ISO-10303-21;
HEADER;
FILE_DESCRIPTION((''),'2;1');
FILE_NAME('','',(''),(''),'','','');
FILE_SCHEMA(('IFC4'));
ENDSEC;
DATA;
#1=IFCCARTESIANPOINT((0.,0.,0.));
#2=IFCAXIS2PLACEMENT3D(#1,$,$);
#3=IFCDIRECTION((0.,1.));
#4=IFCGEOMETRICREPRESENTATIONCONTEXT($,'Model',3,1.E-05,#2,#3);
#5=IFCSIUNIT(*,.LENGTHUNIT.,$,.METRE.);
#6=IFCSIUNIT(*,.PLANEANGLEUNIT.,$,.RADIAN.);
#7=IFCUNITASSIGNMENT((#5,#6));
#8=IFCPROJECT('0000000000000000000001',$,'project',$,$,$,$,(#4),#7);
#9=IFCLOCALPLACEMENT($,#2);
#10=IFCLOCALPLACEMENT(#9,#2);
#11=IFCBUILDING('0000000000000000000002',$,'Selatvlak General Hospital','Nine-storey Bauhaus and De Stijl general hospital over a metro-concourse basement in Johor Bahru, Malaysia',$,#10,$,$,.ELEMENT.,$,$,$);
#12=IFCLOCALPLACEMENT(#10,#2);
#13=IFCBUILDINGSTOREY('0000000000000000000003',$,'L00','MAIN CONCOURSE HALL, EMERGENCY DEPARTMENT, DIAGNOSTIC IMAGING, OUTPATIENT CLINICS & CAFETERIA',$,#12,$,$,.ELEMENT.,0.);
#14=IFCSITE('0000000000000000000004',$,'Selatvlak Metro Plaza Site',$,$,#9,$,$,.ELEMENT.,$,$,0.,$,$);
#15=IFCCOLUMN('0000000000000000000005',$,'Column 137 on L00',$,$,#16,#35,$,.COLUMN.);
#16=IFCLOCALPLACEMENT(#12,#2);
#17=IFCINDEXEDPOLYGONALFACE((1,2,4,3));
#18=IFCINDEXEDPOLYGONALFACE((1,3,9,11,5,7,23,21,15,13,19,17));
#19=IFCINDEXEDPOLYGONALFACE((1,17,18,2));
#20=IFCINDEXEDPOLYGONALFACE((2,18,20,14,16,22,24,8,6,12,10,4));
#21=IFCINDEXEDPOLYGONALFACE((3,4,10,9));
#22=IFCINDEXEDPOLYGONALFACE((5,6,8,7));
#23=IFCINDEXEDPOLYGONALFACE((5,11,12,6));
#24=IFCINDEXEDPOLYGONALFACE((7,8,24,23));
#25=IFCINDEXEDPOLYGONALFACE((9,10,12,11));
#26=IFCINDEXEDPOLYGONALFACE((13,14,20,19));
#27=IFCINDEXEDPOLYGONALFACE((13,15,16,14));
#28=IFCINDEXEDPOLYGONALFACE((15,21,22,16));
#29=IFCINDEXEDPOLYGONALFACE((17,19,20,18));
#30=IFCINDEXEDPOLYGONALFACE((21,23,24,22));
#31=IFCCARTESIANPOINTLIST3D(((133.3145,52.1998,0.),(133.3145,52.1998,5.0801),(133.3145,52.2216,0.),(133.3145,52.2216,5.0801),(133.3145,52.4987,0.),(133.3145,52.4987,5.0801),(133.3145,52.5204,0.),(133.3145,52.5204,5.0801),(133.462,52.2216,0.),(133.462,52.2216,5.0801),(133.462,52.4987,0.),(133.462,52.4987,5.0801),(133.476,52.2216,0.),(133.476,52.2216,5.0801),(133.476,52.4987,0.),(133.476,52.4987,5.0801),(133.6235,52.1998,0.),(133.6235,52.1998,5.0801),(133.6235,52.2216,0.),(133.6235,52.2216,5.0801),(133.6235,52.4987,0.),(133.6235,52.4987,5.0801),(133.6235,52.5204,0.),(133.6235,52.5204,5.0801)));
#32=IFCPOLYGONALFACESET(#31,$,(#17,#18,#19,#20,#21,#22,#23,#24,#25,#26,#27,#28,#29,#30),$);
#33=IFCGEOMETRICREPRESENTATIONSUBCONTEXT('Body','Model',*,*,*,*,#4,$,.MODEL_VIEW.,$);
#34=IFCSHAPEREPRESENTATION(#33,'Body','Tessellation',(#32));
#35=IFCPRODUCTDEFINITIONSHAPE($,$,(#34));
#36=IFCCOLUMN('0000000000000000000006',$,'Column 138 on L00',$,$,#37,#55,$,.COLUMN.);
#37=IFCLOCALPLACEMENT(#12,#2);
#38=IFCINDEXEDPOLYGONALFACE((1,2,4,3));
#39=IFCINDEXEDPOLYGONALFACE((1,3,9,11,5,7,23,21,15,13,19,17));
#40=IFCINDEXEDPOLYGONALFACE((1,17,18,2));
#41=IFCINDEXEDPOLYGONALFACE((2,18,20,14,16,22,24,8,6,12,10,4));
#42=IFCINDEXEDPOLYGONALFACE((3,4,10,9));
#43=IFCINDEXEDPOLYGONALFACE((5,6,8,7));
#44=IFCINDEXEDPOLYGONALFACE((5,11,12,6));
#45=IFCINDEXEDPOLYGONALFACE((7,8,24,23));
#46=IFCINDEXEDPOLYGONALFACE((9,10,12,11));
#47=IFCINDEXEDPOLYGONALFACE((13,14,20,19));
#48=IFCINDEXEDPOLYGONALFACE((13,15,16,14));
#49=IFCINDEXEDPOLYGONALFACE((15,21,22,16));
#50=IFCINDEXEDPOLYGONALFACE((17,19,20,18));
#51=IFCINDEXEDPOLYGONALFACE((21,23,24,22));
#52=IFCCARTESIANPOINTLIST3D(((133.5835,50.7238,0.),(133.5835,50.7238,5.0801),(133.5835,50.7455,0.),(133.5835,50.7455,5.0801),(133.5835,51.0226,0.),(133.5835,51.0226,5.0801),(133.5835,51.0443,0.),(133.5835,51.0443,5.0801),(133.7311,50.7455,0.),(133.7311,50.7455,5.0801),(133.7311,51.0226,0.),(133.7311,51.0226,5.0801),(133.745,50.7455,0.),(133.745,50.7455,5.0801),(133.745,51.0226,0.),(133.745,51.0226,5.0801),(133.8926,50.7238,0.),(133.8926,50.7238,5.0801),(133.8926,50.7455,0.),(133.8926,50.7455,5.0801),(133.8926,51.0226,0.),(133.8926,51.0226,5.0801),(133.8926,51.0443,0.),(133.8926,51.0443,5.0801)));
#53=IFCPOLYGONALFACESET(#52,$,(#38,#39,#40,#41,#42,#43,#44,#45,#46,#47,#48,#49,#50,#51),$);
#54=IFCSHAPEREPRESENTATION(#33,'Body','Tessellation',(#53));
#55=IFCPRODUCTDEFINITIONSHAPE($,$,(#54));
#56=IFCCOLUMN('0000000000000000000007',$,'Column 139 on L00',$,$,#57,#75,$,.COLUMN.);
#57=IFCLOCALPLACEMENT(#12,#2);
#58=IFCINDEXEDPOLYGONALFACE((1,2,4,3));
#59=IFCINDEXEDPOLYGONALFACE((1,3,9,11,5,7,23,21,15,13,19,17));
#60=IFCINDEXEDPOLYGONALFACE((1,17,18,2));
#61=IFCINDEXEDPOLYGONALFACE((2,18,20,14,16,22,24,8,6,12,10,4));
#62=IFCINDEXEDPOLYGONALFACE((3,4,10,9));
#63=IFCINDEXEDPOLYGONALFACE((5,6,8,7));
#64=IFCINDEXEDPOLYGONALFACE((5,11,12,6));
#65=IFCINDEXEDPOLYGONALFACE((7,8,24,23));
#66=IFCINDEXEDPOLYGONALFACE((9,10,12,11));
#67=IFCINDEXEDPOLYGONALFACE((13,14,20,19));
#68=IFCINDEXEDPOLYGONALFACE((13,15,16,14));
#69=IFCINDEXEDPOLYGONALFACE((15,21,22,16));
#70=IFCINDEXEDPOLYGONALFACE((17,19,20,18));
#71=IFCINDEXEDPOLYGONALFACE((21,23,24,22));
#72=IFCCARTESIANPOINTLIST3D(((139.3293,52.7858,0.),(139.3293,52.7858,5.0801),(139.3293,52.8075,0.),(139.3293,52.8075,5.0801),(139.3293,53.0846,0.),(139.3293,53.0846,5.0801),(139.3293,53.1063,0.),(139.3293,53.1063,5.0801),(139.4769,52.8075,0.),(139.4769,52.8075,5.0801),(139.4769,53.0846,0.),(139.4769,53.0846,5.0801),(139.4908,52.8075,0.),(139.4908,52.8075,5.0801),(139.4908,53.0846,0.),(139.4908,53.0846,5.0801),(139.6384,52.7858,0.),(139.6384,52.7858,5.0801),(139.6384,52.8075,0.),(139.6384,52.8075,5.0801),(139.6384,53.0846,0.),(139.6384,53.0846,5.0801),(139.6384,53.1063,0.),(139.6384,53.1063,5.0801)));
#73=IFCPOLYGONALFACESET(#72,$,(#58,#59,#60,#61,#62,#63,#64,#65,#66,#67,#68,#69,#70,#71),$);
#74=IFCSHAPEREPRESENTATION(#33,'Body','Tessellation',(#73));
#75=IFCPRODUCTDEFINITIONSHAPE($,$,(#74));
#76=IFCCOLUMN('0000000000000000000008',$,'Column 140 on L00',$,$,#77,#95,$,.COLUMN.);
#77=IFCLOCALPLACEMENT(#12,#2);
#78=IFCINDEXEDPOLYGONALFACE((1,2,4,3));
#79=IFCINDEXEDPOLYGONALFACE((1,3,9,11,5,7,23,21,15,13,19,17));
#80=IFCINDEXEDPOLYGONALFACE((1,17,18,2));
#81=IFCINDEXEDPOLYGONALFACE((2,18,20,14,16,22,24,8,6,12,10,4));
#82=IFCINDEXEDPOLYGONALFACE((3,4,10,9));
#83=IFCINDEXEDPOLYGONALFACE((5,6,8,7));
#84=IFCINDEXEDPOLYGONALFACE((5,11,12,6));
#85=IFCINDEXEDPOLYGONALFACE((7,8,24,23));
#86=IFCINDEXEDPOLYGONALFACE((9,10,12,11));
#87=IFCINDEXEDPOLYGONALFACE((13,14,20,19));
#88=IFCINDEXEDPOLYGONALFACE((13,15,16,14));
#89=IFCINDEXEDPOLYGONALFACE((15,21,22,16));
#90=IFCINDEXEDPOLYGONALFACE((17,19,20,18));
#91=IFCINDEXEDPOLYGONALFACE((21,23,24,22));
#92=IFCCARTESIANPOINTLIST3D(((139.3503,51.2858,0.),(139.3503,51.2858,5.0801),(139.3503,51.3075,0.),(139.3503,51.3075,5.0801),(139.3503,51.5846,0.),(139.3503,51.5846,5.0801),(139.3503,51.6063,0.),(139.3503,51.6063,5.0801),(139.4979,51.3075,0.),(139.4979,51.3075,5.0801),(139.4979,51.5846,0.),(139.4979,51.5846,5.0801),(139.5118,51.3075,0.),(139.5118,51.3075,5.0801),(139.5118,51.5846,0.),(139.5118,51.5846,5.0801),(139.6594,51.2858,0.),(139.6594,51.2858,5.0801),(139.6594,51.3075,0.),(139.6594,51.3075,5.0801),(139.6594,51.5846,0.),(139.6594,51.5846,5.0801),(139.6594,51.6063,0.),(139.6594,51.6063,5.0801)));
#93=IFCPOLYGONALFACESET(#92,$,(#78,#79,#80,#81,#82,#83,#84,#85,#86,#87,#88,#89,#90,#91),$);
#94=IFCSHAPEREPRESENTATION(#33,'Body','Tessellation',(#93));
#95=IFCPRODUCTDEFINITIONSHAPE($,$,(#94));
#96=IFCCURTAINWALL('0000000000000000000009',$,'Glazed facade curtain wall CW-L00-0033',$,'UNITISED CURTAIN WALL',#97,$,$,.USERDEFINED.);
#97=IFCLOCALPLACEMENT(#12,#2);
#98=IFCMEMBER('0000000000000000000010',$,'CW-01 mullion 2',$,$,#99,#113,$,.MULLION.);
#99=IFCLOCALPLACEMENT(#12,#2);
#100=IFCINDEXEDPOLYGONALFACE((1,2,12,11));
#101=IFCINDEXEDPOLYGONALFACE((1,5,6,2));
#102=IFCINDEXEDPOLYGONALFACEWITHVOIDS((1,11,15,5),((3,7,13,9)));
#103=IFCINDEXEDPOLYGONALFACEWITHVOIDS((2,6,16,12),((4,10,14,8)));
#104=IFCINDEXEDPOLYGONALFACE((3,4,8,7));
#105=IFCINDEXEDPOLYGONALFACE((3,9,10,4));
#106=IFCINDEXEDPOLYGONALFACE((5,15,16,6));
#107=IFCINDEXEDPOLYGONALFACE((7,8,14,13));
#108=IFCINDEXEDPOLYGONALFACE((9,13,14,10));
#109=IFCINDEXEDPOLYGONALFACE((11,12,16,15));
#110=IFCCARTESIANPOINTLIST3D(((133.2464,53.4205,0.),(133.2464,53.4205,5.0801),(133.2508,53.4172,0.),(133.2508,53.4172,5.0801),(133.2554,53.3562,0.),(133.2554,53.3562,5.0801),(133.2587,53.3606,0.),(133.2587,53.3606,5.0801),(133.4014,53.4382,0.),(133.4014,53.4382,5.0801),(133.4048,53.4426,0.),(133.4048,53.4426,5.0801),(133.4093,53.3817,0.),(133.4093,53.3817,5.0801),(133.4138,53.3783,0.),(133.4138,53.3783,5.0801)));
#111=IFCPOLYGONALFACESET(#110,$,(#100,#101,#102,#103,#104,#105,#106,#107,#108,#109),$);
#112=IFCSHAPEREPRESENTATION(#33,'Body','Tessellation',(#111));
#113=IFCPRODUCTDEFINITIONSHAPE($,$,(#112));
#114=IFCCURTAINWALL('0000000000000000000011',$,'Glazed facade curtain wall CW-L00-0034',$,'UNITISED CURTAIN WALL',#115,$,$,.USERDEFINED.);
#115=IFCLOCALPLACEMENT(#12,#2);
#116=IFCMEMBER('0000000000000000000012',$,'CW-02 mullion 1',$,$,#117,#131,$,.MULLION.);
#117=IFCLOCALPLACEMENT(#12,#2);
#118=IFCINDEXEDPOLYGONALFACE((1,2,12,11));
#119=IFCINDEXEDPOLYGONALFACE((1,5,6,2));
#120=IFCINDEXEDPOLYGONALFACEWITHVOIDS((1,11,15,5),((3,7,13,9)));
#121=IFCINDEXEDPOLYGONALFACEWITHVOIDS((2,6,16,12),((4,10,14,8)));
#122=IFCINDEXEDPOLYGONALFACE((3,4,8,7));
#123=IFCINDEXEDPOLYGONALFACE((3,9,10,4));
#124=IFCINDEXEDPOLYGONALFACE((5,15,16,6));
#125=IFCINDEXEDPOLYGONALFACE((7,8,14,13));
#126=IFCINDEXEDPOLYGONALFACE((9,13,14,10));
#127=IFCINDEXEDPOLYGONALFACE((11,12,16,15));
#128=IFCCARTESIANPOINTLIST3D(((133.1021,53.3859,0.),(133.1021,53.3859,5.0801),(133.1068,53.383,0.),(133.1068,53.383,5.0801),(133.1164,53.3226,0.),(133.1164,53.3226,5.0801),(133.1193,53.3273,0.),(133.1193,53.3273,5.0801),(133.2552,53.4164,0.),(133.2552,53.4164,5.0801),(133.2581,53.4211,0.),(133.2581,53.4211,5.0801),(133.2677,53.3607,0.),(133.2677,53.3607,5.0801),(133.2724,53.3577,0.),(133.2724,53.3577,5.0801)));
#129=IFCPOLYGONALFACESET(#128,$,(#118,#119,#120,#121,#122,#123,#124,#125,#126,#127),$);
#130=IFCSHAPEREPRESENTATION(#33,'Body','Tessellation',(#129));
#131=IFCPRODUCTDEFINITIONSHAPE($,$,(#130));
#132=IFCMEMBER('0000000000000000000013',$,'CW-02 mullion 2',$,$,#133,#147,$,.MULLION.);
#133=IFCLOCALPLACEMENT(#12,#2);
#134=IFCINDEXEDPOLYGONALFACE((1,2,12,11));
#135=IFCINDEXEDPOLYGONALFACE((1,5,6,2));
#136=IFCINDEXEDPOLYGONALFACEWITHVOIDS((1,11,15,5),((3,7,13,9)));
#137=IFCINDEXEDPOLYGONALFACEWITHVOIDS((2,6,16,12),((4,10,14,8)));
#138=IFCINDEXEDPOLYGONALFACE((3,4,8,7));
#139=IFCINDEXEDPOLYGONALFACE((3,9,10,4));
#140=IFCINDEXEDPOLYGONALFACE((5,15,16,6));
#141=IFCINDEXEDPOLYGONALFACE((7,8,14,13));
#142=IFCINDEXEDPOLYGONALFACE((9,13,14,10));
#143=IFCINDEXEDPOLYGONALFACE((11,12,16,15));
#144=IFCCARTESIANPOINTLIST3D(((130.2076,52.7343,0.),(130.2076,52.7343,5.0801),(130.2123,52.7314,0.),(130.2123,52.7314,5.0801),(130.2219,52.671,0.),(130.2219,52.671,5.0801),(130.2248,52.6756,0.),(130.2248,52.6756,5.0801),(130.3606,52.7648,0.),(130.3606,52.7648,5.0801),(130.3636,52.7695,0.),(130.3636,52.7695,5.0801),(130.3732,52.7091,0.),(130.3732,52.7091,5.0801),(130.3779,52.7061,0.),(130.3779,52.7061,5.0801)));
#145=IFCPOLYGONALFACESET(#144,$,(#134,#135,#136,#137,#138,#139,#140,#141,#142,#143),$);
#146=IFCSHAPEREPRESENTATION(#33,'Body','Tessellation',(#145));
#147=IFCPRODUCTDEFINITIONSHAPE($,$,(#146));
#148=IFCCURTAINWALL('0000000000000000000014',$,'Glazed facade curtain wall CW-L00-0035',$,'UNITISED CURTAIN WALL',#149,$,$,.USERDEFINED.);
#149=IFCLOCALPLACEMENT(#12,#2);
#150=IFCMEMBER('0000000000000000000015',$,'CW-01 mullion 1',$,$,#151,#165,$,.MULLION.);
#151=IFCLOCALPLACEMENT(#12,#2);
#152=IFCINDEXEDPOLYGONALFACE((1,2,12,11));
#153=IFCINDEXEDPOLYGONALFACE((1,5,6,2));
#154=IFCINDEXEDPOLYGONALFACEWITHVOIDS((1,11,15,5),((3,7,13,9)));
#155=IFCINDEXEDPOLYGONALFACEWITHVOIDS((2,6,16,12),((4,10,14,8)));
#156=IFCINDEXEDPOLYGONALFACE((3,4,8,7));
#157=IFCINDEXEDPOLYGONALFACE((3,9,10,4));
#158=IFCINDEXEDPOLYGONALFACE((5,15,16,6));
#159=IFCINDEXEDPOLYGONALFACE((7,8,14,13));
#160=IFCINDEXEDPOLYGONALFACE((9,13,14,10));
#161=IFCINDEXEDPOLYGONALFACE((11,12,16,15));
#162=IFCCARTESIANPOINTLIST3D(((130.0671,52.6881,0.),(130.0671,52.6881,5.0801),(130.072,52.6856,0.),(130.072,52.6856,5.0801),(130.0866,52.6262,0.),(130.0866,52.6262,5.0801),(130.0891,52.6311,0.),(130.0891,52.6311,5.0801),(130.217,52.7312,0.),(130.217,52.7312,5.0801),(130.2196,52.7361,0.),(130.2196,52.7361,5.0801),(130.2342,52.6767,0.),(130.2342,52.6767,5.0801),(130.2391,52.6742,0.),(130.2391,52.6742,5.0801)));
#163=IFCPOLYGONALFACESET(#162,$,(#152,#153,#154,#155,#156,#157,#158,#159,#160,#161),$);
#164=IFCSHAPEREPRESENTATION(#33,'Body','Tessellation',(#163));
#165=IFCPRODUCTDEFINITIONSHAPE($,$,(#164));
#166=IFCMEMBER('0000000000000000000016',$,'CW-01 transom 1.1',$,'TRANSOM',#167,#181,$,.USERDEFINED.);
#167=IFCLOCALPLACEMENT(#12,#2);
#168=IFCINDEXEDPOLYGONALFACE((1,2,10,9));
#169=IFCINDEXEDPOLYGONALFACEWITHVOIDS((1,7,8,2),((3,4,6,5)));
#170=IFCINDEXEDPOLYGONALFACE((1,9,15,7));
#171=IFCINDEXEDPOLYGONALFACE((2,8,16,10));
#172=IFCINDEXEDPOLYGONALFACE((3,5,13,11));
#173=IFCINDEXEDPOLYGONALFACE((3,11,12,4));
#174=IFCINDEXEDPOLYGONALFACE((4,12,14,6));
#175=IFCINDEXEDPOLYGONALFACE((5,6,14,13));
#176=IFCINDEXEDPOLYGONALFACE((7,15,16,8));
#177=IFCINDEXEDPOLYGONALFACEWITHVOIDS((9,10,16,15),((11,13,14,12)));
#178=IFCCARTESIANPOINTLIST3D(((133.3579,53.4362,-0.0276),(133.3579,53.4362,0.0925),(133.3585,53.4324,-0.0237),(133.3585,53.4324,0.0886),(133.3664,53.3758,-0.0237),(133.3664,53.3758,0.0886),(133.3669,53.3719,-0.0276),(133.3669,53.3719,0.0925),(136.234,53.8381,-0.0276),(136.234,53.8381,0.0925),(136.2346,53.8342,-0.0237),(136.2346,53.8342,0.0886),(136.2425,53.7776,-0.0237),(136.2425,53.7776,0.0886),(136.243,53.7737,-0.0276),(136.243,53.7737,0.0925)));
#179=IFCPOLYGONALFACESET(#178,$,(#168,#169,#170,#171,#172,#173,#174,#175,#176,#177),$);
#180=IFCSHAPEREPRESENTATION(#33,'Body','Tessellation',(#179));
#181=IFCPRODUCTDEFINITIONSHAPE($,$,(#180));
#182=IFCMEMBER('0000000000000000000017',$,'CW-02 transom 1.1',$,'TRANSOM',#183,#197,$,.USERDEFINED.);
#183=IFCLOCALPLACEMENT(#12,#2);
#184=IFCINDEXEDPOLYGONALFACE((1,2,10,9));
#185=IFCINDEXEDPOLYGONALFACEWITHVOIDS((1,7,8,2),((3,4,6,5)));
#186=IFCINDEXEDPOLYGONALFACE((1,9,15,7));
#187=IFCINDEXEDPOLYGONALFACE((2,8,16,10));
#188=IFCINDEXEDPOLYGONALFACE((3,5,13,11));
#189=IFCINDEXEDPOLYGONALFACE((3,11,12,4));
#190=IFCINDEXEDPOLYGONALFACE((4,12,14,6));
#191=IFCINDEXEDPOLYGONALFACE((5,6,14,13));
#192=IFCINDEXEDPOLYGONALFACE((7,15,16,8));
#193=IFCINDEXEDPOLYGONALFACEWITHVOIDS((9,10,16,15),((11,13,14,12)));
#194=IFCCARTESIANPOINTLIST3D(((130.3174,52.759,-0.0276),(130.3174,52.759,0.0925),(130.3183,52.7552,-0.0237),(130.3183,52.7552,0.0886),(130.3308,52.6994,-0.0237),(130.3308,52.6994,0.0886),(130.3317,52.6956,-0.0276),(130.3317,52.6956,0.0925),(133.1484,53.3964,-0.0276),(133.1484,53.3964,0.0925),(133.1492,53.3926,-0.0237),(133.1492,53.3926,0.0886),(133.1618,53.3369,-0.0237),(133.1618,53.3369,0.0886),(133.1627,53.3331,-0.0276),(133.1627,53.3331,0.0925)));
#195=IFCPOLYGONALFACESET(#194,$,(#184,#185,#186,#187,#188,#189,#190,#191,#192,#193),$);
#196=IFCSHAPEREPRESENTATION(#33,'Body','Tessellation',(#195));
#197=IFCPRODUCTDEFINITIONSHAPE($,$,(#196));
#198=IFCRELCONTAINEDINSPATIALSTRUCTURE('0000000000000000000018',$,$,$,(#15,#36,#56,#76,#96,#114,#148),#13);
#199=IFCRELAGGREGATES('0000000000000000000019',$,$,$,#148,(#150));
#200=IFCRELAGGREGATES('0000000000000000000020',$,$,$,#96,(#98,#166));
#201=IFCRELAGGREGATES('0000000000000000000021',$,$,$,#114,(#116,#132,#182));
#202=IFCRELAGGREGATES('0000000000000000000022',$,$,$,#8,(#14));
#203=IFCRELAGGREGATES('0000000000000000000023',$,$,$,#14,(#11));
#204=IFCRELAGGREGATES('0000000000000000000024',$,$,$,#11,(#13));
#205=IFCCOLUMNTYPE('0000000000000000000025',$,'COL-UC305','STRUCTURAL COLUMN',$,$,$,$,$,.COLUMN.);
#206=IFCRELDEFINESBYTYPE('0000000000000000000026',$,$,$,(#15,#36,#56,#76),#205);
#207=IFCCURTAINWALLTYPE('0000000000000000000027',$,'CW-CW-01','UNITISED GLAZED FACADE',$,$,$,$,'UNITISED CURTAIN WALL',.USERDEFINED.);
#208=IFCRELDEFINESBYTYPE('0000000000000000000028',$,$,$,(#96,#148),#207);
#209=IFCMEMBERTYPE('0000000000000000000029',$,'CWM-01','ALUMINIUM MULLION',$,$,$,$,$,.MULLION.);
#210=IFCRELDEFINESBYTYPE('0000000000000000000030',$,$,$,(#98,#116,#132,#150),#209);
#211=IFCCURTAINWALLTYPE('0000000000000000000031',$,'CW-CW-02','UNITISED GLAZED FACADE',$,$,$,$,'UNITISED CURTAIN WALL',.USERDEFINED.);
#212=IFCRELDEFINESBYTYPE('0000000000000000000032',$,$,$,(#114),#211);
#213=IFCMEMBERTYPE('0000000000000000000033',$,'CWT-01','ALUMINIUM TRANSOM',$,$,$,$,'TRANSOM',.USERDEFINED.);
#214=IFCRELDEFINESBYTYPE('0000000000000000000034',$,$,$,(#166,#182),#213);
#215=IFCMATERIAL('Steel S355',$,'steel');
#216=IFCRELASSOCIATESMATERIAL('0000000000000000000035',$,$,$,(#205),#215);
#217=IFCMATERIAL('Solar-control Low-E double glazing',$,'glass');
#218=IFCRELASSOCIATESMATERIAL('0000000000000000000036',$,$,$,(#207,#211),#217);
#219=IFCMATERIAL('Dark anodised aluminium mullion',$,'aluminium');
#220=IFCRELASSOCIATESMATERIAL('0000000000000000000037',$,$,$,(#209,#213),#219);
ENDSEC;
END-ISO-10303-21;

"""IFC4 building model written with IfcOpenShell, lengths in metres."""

from ifc_helpers import new_model, si_unit, direction, frame, origin, origin_2d, place, context, subcontext, project, spatial, hollow_rectangle, i_section, extrude, material, material_profile, profile_set, type_object, element, aggregate, save


model = new_model("IFC4")

# Units and contexts
model_context = context("Model", 3, precision=1e-05, world=origin(), true_north=direction((0.0, 1.0)))
body_context = subcontext(model_context, "Body", "Model", "MODEL_VIEW")
ifc_project = project(units=[si_unit("LENGTHUNIT", "METRE"), si_unit("PLANEANGLEUNIT", "RADIAN")], contexts=[model_context])

# Site, building, storey
site_placement = place(None, origin())
site = spatial("IfcSite", under=ifc_project, at=site_placement, Name="Selatvlak Metro Plaza Site", CompositionType="ELEMENT", RefElevation=0.0)
building_placement = place(site_placement, origin())
building = spatial("IfcBuilding", under=site, at=building_placement, Name="Selatvlak General Hospital", Description="Nine-storey Bauhaus and De Stijl general hospital over a metro-concourse basement in Johor Bahru, Malaysia", CompositionType="ELEMENT")
storey_placement = place(building_placement, origin())
storey = spatial("IfcBuildingStorey", under=building, at=storey_placement, Name="L00", Description="MAIN CONCOURSE HALL, EMERGENCY DEPARTMENT, DIAGNOSTIC IMAGING, OUTPATIENT CLINICS & CAFETERIA", CompositionType="ELEMENT", Elevation=0.0)

# Columns
ifc_material_1 = material(Name="Steel S355", Category="steel")
ifc_material_profile_1 = material_profile(ifc_material_1, i_section(OverallWidth=0.3091, OverallDepth=0.3206, WebThickness=0.0139, FlangeThickness=0.0217, at=origin_2d()), Name="UC 305x305x137")
ifc_profile_set_1 = profile_set([ifc_material_profile_1], Name="Steel S355")
column_type = type_object("IfcColumnType", Name="COL-UC305", Description="STRUCTURAL COLUMN", PredefinedType="COLUMN", material=ifc_profile_set_1)
for number, where, z_axis, x_axis, name in (
    (1, (133.469, 52.3601, 0.0), (0.0, 0.0, 1.0), (1.0, 0.0, 0.0), "Column 137 on L00"),
    (2, (133.738, 50.884, 0.0), (0.0, 0.0, 1.0), (1.0, 0.0, 0.0), "Column 138 on L00"),
    (3, (139.4839, 52.946, 0.0), (0.0, 0.0, 1.0), (1.0, 0.0, 0.0), "Column 139 on L00"),
    (4, (139.5049, 51.446, 0.0), (0.0, 0.0, 1.0), (1.0, 0.0, 0.0), "Column 140 on L00"),
):
    element("IfcColumn", number, at=place(storey_placement, frame(where, z_axis=z_axis, x_axis=x_axis)), inside=storey, type_object=column_type, Name=name, PredefinedType="COLUMN", context=body_context, shape_type="SweptSolid", body=[
        extrude(i_section(OverallWidth=0.3091, OverallDepth=0.3206, WebThickness=0.0139, FlangeThickness=0.0217, at=origin_2d()), origin(), (0.0, 0.0, 1.0), 5.0801),
    ])

# Curtain wall, member
ifc_material_2 = material(Name="Solar-control Low-E double glazing", Category="glass")
curtain_wall_type_1 = type_object("IfcCurtainWallType", Name="CW-CW-01", Description="UNITISED GLAZED FACADE", ElementType="UNITISED CURTAIN WALL", PredefinedType="USERDEFINED", material=ifc_material_2)
curtain_wall_1_placement = place(storey_placement, origin())
curtain_wall_1 = element("IfcCurtainWall", 5, at=curtain_wall_1_placement, inside=storey, type_object=curtain_wall_type_1, Name="Glazed facade curtain wall CW-L00-0033", ObjectType="UNITISED CURTAIN WALL", PredefinedType="USERDEFINED")
ifc_material_3 = material(Name="Dark anodised aluminium mullion", Category="aluminium")
ifc_material_profile_2 = material_profile(ifc_material_3, hollow_rectangle(XDim=0.0649, YDim=0.1599, WallThickness=0.0039, at=origin_2d()), Name="AL-MUL 65x160x4")
ifc_profile_set_2 = profile_set([ifc_material_profile_2], Name="Dark anodised aluminium mullion")
member_type_1 = type_object("IfcMemberType", Name="CWM-01", Description="ALUMINIUM MULLION", PredefinedType="MULLION", material=ifc_profile_set_2)
member_1_placement = place(storey_placement, frame((133.3301, 53.3994, 0.0), z_axis=(0.0, 0.0, 1.0), x_axis=(0.138422, -0.990373, 0.0)))
member_1 = element("IfcMember", 6, at=member_1_placement, type_object=member_type_1, Name="CW-01 mullion 2", PredefinedType="MULLION", context=body_context, shape_type="SweptSolid", body=[
    extrude(hollow_rectangle(XDim=0.0649, YDim=0.1599, WallThickness=0.0039, at=origin_2d()), origin(), (0.0, 0.0, 1.0), 5.0801),
])

# Curtain wall, members
curtain_wall_type_2 = type_object("IfcCurtainWallType", Name="CW-CW-02", Description="UNITISED GLAZED FACADE", ElementType="UNITISED CURTAIN WALL", PredefinedType="USERDEFINED", material=ifc_material_2)
curtain_wall_2_placement = place(storey_placement, origin())
curtain_wall_2 = element("IfcCurtainWall", 7, at=curtain_wall_2_placement, inside=storey, type_object=curtain_wall_type_2, Name="Glazed facade curtain wall CW-L00-0034", ObjectType="UNITISED CURTAIN WALL", PredefinedType="USERDEFINED")
member_2_placement = place(storey_placement, frame((133.1873, 53.3718, 0.0), z_axis=(0.0, 0.0, 1.0), x_axis=(0.219653, -0.975578, 0.0)))
member_2 = element("IfcMember", 8, at=member_2_placement, type_object=member_type_1, Name="CW-02 mullion 1", PredefinedType="MULLION", context=body_context, shape_type="SweptSolid", body=[
    extrude(hollow_rectangle(XDim=0.0649, YDim=0.1599, WallThickness=0.0039, at=origin_2d()), origin(), (0.0, 0.0, 1.0), 5.0801),
])
member_3_placement = place(storey_placement, frame((130.2927, 52.7202, 0.0), z_axis=(0.0, 0.0, 1.0), x_axis=(0.219653, -0.975578, 0.0)))
member_3 = element("IfcMember", 9, at=member_3_placement, type_object=member_type_1, Name="CW-02 mullion 2", PredefinedType="MULLION", context=body_context, shape_type="SweptSolid", body=[
    extrude(hollow_rectangle(XDim=0.0649, YDim=0.1599, WallThickness=0.0039, at=origin_2d()), origin(), (0.0, 0.0, 1.0), 5.0801),
])

# Curtain wall, member
curtain_wall_3_placement = place(storey_placement, origin())
curtain_wall_3 = element("IfcCurtainWall", 10, at=curtain_wall_3_placement, inside=storey, type_object=curtain_wall_type_1, Name="Glazed facade curtain wall CW-L00-0035", ObjectType="UNITISED CURTAIN WALL", PredefinedType="USERDEFINED")
member_4_placement = place(storey_placement, frame((130.1531, 52.6812, 0.0), z_axis=(0.0, 0.0, 1.0), x_axis=(0.300247, -0.953862, 0.0)))
member_4 = element("IfcMember", 11, at=member_4_placement, type_object=member_type_1, Name="CW-01 mullion 1", PredefinedType="MULLION", context=body_context, shape_type="SweptSolid", body=[
    extrude(hollow_rectangle(XDim=0.0649, YDim=0.1599, WallThickness=0.0039, at=origin_2d()), origin(), (0.0, 0.0, 1.0), 5.0801),
])

# Members
ifc_material_profile_3 = material_profile(ifc_material_3, hollow_rectangle(XDim=0.0649, YDim=0.1201, WallThickness=0.0039, at=origin_2d()), Name="AL-TRN 65x120x4")
ifc_profile_set_3 = profile_set([ifc_material_profile_3], Name="Dark anodised aluminium mullion")
member_type_2 = type_object("IfcMemberType", Name="CWT-01", Description="ALUMINIUM TRANSOM", ElementType="TRANSOM", PredefinedType="USERDEFINED", material=ifc_profile_set_3)
member_5_placement = place(storey_placement, frame((136.2385, 53.8059, 0.0325), z_axis=(-0.99038, -0.138372, 0.0), x_axis=(0.138372, -0.99038, 0.0)))
member_5 = element("IfcMember", 12, at=member_5_placement, type_object=member_type_2, Name="CW-01 transom 1.1", ObjectType="TRANSOM", PredefinedType="USERDEFINED", context=body_context, shape_type="SweptSolid", body=[
    extrude(hollow_rectangle(XDim=0.0649, YDim=0.1201, WallThickness=0.0039, at=origin_2d()), origin(), (0.0, 0.0, 1.0), 2.9041),
])
member_6_placement = place(storey_placement, frame((133.1555, 53.3647, 0.0325), z_axis=(-0.975576, -0.219664, 0.0), x_axis=(0.219664, -0.975576, 0.0)))
member_6 = element("IfcMember", 13, at=member_6_placement, type_object=member_type_2, Name="CW-02 transom 1.1", ObjectType="TRANSOM", PredefinedType="USERDEFINED", context=body_context, shape_type="SweptSolid", body=[
    extrude(hollow_rectangle(XDim=0.0649, YDim=0.1201, WallThickness=0.0039, at=origin_2d()), origin(), (0.0, 0.0, 1.0), 2.9019),
])
aggregate(curtain_wall_3, [member_4])

aggregate(curtain_wall_1, [member_1, member_5])
aggregate(curtain_wall_2, [member_2, member_3, member_6])

save(model, "model.ifc")
